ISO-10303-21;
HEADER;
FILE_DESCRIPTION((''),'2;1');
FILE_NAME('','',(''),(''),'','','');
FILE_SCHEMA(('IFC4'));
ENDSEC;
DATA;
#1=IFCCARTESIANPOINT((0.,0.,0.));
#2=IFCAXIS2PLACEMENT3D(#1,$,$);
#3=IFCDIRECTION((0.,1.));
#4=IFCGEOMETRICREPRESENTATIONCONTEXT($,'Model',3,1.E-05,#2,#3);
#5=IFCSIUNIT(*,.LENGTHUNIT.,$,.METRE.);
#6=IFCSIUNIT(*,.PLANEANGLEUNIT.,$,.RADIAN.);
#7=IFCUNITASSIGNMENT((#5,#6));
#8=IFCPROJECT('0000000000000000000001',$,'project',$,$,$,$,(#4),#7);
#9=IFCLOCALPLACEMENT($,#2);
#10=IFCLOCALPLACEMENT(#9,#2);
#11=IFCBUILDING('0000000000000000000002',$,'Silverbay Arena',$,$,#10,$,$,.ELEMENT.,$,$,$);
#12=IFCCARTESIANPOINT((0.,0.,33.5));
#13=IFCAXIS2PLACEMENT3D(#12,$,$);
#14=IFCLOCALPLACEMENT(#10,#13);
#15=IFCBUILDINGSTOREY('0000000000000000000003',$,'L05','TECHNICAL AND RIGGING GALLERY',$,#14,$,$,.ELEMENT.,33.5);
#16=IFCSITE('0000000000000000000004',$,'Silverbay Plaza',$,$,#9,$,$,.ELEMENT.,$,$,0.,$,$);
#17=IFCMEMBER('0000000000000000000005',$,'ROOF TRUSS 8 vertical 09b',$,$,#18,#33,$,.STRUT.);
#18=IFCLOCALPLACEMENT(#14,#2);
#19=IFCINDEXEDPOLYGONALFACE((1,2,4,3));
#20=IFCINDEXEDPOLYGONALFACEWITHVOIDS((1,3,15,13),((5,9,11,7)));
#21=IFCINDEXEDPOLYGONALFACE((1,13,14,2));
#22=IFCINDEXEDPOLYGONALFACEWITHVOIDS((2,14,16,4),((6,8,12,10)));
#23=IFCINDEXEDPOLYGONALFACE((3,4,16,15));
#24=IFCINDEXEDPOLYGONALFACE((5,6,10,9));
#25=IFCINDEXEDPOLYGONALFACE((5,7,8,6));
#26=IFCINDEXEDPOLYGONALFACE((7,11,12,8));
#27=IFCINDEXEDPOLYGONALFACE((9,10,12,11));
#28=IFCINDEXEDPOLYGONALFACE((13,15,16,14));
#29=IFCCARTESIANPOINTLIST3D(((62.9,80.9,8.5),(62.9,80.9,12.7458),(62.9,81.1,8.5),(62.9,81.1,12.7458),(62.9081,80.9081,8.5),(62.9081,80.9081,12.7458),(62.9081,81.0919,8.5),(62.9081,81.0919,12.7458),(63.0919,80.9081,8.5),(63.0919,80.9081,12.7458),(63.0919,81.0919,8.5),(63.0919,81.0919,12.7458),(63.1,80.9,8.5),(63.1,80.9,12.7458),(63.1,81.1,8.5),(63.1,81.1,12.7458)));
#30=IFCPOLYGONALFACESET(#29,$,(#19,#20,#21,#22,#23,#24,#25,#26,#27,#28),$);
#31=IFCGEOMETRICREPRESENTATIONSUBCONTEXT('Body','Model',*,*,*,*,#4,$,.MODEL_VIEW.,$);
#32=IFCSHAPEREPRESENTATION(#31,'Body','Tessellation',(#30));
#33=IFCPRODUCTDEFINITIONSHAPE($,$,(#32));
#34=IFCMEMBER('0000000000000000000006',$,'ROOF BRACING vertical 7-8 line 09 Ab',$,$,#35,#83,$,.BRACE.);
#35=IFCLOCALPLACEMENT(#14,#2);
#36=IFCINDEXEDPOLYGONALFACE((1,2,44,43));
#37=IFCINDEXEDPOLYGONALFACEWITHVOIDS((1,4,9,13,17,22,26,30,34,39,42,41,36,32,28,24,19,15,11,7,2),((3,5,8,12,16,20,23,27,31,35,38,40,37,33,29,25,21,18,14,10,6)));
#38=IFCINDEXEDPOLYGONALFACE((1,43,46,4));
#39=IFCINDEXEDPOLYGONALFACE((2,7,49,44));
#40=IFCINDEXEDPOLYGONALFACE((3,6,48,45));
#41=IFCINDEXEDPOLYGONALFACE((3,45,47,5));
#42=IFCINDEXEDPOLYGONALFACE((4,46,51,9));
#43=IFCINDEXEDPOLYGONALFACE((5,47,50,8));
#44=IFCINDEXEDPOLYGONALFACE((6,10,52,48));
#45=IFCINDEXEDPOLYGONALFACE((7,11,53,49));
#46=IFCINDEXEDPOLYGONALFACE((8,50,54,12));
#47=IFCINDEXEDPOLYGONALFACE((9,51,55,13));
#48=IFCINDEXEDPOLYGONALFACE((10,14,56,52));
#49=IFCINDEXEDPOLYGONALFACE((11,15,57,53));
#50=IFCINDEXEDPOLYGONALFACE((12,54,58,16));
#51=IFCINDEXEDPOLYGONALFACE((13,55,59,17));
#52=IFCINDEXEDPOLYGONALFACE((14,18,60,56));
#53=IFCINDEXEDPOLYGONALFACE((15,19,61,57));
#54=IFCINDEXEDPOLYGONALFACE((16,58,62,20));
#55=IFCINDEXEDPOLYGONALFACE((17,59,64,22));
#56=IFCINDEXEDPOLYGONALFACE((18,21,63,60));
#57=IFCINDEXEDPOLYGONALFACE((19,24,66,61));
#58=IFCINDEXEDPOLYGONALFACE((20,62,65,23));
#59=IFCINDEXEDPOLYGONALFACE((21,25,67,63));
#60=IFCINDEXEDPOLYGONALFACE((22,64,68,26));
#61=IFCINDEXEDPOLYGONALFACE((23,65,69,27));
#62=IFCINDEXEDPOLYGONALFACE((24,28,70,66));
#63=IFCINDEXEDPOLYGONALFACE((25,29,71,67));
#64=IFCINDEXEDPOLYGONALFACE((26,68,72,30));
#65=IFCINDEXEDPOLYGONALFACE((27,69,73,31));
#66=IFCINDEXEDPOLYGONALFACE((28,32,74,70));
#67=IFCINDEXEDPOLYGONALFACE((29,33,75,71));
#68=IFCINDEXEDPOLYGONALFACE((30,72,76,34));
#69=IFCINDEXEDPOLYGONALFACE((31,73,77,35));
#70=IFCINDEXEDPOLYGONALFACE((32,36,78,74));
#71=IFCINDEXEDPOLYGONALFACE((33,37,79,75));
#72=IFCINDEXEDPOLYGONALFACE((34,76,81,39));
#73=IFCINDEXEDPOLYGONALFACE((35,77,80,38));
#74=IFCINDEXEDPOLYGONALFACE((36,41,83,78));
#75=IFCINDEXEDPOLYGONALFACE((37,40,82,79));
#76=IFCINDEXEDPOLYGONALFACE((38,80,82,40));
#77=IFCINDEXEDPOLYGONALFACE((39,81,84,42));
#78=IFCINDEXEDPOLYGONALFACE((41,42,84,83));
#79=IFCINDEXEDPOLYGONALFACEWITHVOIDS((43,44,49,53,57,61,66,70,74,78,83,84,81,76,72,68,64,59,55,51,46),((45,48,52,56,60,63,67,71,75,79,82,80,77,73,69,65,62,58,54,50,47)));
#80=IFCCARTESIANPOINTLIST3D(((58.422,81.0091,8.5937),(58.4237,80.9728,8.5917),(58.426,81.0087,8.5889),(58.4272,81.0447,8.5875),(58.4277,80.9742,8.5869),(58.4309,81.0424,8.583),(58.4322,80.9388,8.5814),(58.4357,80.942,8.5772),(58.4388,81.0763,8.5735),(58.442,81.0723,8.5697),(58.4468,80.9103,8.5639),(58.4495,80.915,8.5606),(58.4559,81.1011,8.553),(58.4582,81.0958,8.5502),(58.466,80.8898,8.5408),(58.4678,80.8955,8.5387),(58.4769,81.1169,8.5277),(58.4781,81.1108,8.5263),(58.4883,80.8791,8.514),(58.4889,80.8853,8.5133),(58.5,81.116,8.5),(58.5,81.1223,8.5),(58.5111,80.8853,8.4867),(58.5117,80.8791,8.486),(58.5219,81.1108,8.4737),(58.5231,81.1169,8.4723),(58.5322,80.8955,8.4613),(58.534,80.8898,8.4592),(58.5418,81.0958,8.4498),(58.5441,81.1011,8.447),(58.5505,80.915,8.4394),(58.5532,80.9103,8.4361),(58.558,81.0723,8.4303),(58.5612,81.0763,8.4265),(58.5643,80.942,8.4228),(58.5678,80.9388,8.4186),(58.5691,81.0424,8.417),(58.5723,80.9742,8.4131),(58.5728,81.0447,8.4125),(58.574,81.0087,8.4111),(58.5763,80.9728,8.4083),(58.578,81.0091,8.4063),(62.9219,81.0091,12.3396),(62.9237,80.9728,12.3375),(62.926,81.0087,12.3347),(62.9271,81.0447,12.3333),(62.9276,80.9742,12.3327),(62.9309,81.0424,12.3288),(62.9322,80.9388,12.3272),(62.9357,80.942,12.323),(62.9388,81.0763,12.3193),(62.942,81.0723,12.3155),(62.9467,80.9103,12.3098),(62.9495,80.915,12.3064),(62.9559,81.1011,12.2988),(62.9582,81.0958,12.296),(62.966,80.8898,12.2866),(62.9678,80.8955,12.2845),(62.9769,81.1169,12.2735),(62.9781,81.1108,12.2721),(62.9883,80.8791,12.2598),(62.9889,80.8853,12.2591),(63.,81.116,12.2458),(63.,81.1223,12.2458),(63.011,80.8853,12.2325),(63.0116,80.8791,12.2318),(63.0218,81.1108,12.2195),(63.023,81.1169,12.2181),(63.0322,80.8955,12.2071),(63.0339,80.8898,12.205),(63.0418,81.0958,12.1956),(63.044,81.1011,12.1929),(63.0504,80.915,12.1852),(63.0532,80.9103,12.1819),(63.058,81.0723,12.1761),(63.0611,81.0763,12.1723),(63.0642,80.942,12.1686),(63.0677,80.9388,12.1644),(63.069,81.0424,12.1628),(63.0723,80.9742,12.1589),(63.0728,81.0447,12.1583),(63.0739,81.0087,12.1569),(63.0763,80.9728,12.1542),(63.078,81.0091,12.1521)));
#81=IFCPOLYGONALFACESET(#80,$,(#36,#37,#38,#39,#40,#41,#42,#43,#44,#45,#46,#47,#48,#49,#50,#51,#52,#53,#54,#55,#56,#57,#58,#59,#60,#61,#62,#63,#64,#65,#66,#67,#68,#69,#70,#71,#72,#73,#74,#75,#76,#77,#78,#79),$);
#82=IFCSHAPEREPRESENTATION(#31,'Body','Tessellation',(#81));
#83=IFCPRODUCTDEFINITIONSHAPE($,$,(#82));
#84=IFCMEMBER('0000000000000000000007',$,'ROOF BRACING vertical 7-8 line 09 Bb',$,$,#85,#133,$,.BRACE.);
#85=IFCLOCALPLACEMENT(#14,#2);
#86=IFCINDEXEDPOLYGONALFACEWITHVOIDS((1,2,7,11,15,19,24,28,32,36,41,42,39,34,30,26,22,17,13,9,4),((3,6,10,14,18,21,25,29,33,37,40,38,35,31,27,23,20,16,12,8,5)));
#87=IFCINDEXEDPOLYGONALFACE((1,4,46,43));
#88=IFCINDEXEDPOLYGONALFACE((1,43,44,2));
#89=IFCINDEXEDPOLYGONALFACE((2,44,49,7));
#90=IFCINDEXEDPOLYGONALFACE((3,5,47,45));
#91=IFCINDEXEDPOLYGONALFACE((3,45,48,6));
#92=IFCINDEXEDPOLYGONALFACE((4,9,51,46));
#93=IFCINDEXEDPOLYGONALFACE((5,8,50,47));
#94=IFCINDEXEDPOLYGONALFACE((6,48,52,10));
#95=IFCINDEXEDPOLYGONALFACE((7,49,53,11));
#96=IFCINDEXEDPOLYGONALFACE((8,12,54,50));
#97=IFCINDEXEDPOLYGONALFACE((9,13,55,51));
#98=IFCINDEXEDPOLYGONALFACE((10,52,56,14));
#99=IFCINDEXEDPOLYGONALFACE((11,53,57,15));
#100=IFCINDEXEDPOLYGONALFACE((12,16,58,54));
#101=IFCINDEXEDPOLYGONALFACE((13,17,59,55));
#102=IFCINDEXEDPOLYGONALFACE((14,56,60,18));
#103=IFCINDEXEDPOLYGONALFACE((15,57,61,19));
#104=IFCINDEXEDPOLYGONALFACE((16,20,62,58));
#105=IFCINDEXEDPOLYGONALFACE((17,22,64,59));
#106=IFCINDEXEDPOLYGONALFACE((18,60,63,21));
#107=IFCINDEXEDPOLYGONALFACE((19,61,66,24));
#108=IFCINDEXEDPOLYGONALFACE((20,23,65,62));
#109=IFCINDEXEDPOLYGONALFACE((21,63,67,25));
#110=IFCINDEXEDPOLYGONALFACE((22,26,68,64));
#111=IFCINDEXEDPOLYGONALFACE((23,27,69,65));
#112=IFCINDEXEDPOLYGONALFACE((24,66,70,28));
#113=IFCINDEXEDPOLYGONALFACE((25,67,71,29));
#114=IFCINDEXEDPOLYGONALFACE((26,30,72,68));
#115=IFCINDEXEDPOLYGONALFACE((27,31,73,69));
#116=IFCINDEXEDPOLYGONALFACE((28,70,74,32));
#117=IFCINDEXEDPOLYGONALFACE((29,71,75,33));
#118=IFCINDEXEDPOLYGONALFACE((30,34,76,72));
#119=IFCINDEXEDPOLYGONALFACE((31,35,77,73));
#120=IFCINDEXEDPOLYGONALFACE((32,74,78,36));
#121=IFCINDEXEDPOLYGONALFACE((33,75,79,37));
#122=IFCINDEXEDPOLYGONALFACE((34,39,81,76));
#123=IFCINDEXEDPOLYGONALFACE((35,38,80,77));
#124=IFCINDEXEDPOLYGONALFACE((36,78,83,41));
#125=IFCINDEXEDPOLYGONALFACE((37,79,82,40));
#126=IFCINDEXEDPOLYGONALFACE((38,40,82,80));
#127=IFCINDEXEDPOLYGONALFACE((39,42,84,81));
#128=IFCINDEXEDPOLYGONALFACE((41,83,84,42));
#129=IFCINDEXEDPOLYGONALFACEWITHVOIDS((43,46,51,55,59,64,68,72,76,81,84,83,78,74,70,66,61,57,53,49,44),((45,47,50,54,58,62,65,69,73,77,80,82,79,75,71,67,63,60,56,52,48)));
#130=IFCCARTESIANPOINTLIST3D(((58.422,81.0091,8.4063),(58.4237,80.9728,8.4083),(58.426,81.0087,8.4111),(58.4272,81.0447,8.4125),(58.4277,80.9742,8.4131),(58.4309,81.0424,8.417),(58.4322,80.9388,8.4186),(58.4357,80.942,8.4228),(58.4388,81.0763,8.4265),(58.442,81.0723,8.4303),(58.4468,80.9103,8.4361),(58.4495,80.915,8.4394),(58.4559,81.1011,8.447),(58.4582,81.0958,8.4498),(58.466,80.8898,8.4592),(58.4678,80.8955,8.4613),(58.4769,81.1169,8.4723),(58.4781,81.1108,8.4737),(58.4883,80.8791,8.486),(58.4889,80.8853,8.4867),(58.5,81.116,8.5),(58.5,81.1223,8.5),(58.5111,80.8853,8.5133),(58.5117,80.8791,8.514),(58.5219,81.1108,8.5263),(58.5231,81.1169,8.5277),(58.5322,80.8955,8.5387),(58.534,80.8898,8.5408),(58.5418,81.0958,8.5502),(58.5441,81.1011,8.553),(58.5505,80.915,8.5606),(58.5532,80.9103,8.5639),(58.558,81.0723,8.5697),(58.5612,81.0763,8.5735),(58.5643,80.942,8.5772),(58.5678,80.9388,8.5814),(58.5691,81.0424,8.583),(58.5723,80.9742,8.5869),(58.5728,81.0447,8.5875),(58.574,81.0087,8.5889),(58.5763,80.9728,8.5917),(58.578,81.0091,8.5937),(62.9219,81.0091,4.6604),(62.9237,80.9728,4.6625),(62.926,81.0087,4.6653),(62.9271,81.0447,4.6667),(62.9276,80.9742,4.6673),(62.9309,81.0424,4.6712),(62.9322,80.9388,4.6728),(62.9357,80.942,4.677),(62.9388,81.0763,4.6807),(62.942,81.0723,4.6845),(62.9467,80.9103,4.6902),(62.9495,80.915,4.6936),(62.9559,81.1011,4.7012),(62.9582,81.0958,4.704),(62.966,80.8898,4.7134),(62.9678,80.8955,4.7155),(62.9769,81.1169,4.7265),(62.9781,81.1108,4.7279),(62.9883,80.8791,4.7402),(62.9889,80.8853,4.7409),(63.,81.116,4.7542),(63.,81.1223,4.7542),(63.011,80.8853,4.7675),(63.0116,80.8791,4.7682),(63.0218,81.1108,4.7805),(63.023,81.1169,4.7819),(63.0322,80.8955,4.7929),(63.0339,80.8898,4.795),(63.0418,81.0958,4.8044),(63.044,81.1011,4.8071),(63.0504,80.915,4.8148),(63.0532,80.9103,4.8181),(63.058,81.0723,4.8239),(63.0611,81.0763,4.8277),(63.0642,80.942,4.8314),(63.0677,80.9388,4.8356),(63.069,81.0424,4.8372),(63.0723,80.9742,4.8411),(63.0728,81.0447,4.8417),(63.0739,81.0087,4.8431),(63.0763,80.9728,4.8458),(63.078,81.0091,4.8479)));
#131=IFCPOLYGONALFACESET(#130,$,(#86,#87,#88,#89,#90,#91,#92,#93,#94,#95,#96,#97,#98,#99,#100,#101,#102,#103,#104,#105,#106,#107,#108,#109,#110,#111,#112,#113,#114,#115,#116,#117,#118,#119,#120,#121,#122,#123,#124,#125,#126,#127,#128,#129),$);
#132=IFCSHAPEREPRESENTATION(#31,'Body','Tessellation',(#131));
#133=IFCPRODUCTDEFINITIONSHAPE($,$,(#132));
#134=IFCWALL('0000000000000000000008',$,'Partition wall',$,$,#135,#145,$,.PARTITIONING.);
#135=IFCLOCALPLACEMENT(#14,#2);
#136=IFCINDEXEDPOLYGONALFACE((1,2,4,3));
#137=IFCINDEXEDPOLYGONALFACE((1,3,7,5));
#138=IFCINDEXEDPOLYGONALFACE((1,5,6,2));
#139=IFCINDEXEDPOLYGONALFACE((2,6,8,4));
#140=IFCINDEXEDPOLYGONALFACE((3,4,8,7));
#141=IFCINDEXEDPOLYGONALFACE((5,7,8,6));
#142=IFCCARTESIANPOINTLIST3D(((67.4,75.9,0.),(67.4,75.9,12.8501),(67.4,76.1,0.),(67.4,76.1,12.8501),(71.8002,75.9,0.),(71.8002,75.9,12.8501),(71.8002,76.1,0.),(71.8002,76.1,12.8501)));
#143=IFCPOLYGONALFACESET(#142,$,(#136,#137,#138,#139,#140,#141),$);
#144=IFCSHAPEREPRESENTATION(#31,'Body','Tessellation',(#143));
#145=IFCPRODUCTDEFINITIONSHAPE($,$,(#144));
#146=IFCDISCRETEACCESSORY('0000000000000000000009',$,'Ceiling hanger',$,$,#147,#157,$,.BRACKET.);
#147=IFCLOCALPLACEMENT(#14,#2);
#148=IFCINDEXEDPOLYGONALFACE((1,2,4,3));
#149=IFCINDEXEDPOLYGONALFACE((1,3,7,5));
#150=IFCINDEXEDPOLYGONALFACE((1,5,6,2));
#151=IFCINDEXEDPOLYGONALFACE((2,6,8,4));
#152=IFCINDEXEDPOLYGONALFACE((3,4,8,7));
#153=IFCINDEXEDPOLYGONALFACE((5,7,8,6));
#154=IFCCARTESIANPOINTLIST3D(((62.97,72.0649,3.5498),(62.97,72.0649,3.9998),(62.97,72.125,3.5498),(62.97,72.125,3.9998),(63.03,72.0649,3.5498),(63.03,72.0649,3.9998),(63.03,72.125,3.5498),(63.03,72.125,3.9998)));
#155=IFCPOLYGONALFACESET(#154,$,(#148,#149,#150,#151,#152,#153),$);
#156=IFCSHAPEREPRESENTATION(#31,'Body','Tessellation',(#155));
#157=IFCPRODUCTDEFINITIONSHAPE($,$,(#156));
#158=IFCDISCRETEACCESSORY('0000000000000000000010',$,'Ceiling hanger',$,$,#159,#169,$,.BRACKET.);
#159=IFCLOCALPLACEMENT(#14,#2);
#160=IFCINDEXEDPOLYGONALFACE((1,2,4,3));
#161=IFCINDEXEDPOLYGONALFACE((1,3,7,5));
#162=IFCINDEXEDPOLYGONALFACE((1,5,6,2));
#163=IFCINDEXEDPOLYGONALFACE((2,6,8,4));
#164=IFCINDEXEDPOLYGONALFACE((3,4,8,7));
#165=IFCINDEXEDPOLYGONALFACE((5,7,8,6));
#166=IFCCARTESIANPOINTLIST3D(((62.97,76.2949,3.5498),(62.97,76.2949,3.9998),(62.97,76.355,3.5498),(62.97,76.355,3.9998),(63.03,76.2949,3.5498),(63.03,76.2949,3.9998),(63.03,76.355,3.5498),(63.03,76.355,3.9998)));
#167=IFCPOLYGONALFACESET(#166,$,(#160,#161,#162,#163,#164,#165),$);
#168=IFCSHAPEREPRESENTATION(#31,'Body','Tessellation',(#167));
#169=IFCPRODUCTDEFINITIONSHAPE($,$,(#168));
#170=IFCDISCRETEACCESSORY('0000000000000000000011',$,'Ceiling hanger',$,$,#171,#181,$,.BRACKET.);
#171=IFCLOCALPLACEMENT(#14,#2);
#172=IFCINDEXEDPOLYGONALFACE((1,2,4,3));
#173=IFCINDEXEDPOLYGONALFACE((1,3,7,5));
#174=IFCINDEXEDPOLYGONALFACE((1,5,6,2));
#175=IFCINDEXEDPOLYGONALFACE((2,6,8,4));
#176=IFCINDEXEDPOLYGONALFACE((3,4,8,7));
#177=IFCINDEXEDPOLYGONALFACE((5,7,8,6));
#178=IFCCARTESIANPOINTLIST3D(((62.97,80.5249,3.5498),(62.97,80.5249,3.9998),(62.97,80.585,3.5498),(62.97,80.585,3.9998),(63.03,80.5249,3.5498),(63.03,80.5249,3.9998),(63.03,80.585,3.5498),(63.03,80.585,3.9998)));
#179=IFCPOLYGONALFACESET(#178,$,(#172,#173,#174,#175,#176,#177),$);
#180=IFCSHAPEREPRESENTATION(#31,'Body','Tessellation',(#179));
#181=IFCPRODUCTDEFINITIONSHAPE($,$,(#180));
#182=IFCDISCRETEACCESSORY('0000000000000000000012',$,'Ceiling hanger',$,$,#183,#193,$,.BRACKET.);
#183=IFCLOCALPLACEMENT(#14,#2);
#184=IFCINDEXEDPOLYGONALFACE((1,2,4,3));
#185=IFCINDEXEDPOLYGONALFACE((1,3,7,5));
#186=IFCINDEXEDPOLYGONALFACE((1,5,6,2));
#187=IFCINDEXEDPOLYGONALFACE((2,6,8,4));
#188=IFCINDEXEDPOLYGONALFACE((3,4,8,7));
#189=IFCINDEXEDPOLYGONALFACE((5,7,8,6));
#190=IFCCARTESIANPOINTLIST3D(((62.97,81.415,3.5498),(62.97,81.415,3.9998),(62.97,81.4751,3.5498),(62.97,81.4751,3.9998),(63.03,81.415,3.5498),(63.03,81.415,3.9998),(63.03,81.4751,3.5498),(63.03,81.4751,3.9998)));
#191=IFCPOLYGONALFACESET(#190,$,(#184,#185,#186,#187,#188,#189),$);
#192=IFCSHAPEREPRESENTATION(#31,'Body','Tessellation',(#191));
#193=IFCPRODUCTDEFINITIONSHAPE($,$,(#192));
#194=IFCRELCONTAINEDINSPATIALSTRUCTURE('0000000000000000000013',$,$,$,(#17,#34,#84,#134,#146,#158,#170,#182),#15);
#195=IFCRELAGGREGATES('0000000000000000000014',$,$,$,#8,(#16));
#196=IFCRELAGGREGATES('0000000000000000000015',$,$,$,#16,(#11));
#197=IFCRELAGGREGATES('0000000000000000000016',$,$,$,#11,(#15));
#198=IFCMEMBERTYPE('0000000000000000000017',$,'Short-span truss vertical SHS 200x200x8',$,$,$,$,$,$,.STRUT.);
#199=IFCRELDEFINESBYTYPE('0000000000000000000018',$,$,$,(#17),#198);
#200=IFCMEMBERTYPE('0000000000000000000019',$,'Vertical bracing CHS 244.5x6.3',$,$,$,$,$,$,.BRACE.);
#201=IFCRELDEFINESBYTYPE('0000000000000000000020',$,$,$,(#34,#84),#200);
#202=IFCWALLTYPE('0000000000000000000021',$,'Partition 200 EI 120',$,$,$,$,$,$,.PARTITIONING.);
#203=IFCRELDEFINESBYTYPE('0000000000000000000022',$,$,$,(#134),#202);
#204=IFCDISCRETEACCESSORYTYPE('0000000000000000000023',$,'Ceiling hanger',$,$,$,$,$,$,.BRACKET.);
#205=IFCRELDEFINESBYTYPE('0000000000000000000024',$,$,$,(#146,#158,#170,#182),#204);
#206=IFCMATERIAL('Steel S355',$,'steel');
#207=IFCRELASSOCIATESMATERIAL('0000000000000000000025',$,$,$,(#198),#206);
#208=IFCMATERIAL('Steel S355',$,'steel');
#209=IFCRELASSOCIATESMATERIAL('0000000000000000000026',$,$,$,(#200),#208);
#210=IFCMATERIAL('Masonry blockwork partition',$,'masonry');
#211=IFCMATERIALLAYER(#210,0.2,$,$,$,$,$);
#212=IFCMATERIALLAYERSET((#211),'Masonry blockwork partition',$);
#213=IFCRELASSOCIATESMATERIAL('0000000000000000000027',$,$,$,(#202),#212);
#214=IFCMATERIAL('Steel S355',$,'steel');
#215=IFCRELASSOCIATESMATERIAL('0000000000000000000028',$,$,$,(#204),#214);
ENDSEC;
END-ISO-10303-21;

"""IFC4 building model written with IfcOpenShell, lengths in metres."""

from ifc_helpers import new_model, si_unit, direction, frame, frame_2d, origin, origin_2d, place, context, subcontext, project, spatial, rectangle, hollow_rectangle, hollow_circle, extrude, material, layer, layer_set, material_profile, profile_set, type_object, element, save


model = new_model("IFC4")

# Units and contexts
model_context = context("Model", 3, precision=1e-05, world=origin(), true_north=direction((0.0, 1.0)))
body_context = subcontext(model_context, "Body", "Model", "MODEL_VIEW")
ifc_project = project(units=[si_unit("LENGTHUNIT", "METRE"), si_unit("PLANEANGLEUNIT", "RADIAN")], contexts=[model_context])

# Site, building, storey
site_placement = place(None, origin())
site = spatial("IfcSite", under=ifc_project, at=site_placement, Name="Silverbay Plaza", CompositionType="ELEMENT", RefElevation=0.0)
building_placement = place(site_placement, origin())
building = spatial("IfcBuilding", under=site, at=building_placement, Name="Silverbay Arena", CompositionType="ELEMENT")
storey_placement = place(building_placement, frame((0.0, 0.0, 33.5)))
storey = spatial("IfcBuildingStorey", under=building, at=storey_placement, Name="L05", Description="TECHNICAL AND RIGGING GALLERY", CompositionType="ELEMENT", Elevation=33.5)

# Members
ifc_material_1 = material(Name="Steel S355", Category="steel")
ifc_material_profile_1 = material_profile(ifc_material_1, hollow_rectangle(XDim=0.2, YDim=0.2, WallThickness=0.0081, at=origin_2d()), Name="SHS 200x200x8")
ifc_profile_set_1 = profile_set([ifc_material_profile_1], Name="Steel S355")
member_type_1 = type_object("IfcMemberType", Name="Short-span truss vertical SHS 200x200x8", PredefinedType="STRUT", material=ifc_profile_set_1)
for number, where, z_axis, x_axis, name in (
    (1, (63.0, 81.0, 8.5), (0.0, 0.0, 1.0), (1.0, 0.0, 0.0), "ROOF TRUSS 8 vertical 09b"),
):
    element("IfcMember", number, at=place(storey_placement, frame(where, z_axis=z_axis, x_axis=x_axis)), inside=storey, type_object=member_type_1, Name=name, PredefinedType="STRUT", context=body_context, shape_type="SweptSolid", body=[
        extrude(hollow_rectangle(XDim=0.2, YDim=0.2, WallThickness=0.0081, at=origin_2d()), origin(), (0.0, 0.0, 1.0), 4.2458),
    ])
ifc_material_2 = material(Name="Steel S355", Category="steel")
ifc_material_profile_2 = material_profile(ifc_material_2, hollow_circle(Radius=0.1223, WallThickness=0.0063, at=origin_2d()), Name="CHS 244.5x6.3")
ifc_profile_set_2 = profile_set([ifc_material_profile_2], Name="Steel S355")
member_type_2 = type_object("IfcMemberType", Name="Vertical bracing CHS 244.5x6.3", PredefinedType="BRACE", material=ifc_profile_set_2)
for number, where, z_axis, x_axis, name in (
    (2, (58.5, 81.0, 8.5), (0.76857, 0.0, 0.639766), (0.0, 1.0, 0.0), "ROOF BRACING vertical 7-8 line 09 Ab"),
    (3, (58.5, 81.0, 8.5), (0.76857, 0.0, -0.639766), (0.0, 1.0, 0.0), "ROOF BRACING vertical 7-8 line 09 Bb"),
):
    element("IfcMember", number, at=place(storey_placement, frame(where, z_axis=z_axis, x_axis=x_axis)), inside=storey, type_object=member_type_2, Name=name, PredefinedType="BRACE", context=body_context, shape_type="SweptSolid", body=[
        extrude(hollow_circle(Radius=0.1223, WallThickness=0.0063, at=origin_2d()), origin(), (0.0, 0.0, 1.0), 5.855),
    ])

# Wall
ifc_material_3 = material(Name="Masonry blockwork partition", Category="masonry")
ifc_layer_1 = layer(ifc_material_3, 0.2)
ifc_layer_set_1 = layer_set([ifc_layer_1], Name="Masonry blockwork partition")
wall_type = type_object("IfcWallType", Name="Partition 200 EI 120", PredefinedType="PARTITIONING", material=ifc_layer_set_1)
wall_placement = place(storey_placement, frame((67.3999, 76.0, 0.0), z_axis=(0.0, 0.0, 1.0), x_axis=(1.0, 0.0, 0.0)))
element("IfcWall", 4, at=wall_placement, inside=storey, type_object=wall_type, Name="Partition wall", PredefinedType="PARTITIONING", context=body_context, shape_type="SweptSolid", body=[
    extrude(rectangle(XDim=4.4001, YDim=0.2, at=frame_2d((2.2002, 0.0))), origin(), (0.0, 0.0, 1.0), 12.8501),
])

# Discrete accessories
ifc_material_4 = material(Name="Steel S355", Category="steel")
discrete_accessory_type_1 = type_object("IfcDiscreteAccessoryType", Name="Ceiling hanger", PredefinedType="BRACKET", material=ifc_material_4)
for number, where, z_axis, x_axis, name in (
    (5, (63.0, 72.095, 3.5498), (0.0, 0.0, 1.0), (1.0, 0.0, 0.0), "Ceiling hanger"),
    (6, (63.0, 76.325, 3.5498), (0.0, 0.0, 1.0), (1.0, 0.0, 0.0), "Ceiling hanger"),
    (7, (63.0, 80.5549, 3.5498), (0.0, 0.0, 1.0), (1.0, 0.0, 0.0), "Ceiling hanger"),
    (8, (63.0, 81.4451, 3.5498), (0.0, 0.0, 1.0), (1.0, 0.0, 0.0), "Ceiling hanger"),
):
    element("IfcDiscreteAccessory", number, at=place(storey_placement, frame(where, z_axis=z_axis, x_axis=x_axis)), inside=storey, type_object=discrete_accessory_type_1, Name=name, PredefinedType="BRACKET", context=body_context, shape_type="SweptSolid", body=[
        extrude(rectangle(XDim=0.0601, YDim=0.0601, at=origin_2d()), origin(), (0.0, 0.0, 1.0), 0.45),
    ])

save(model, "model.ifc")
